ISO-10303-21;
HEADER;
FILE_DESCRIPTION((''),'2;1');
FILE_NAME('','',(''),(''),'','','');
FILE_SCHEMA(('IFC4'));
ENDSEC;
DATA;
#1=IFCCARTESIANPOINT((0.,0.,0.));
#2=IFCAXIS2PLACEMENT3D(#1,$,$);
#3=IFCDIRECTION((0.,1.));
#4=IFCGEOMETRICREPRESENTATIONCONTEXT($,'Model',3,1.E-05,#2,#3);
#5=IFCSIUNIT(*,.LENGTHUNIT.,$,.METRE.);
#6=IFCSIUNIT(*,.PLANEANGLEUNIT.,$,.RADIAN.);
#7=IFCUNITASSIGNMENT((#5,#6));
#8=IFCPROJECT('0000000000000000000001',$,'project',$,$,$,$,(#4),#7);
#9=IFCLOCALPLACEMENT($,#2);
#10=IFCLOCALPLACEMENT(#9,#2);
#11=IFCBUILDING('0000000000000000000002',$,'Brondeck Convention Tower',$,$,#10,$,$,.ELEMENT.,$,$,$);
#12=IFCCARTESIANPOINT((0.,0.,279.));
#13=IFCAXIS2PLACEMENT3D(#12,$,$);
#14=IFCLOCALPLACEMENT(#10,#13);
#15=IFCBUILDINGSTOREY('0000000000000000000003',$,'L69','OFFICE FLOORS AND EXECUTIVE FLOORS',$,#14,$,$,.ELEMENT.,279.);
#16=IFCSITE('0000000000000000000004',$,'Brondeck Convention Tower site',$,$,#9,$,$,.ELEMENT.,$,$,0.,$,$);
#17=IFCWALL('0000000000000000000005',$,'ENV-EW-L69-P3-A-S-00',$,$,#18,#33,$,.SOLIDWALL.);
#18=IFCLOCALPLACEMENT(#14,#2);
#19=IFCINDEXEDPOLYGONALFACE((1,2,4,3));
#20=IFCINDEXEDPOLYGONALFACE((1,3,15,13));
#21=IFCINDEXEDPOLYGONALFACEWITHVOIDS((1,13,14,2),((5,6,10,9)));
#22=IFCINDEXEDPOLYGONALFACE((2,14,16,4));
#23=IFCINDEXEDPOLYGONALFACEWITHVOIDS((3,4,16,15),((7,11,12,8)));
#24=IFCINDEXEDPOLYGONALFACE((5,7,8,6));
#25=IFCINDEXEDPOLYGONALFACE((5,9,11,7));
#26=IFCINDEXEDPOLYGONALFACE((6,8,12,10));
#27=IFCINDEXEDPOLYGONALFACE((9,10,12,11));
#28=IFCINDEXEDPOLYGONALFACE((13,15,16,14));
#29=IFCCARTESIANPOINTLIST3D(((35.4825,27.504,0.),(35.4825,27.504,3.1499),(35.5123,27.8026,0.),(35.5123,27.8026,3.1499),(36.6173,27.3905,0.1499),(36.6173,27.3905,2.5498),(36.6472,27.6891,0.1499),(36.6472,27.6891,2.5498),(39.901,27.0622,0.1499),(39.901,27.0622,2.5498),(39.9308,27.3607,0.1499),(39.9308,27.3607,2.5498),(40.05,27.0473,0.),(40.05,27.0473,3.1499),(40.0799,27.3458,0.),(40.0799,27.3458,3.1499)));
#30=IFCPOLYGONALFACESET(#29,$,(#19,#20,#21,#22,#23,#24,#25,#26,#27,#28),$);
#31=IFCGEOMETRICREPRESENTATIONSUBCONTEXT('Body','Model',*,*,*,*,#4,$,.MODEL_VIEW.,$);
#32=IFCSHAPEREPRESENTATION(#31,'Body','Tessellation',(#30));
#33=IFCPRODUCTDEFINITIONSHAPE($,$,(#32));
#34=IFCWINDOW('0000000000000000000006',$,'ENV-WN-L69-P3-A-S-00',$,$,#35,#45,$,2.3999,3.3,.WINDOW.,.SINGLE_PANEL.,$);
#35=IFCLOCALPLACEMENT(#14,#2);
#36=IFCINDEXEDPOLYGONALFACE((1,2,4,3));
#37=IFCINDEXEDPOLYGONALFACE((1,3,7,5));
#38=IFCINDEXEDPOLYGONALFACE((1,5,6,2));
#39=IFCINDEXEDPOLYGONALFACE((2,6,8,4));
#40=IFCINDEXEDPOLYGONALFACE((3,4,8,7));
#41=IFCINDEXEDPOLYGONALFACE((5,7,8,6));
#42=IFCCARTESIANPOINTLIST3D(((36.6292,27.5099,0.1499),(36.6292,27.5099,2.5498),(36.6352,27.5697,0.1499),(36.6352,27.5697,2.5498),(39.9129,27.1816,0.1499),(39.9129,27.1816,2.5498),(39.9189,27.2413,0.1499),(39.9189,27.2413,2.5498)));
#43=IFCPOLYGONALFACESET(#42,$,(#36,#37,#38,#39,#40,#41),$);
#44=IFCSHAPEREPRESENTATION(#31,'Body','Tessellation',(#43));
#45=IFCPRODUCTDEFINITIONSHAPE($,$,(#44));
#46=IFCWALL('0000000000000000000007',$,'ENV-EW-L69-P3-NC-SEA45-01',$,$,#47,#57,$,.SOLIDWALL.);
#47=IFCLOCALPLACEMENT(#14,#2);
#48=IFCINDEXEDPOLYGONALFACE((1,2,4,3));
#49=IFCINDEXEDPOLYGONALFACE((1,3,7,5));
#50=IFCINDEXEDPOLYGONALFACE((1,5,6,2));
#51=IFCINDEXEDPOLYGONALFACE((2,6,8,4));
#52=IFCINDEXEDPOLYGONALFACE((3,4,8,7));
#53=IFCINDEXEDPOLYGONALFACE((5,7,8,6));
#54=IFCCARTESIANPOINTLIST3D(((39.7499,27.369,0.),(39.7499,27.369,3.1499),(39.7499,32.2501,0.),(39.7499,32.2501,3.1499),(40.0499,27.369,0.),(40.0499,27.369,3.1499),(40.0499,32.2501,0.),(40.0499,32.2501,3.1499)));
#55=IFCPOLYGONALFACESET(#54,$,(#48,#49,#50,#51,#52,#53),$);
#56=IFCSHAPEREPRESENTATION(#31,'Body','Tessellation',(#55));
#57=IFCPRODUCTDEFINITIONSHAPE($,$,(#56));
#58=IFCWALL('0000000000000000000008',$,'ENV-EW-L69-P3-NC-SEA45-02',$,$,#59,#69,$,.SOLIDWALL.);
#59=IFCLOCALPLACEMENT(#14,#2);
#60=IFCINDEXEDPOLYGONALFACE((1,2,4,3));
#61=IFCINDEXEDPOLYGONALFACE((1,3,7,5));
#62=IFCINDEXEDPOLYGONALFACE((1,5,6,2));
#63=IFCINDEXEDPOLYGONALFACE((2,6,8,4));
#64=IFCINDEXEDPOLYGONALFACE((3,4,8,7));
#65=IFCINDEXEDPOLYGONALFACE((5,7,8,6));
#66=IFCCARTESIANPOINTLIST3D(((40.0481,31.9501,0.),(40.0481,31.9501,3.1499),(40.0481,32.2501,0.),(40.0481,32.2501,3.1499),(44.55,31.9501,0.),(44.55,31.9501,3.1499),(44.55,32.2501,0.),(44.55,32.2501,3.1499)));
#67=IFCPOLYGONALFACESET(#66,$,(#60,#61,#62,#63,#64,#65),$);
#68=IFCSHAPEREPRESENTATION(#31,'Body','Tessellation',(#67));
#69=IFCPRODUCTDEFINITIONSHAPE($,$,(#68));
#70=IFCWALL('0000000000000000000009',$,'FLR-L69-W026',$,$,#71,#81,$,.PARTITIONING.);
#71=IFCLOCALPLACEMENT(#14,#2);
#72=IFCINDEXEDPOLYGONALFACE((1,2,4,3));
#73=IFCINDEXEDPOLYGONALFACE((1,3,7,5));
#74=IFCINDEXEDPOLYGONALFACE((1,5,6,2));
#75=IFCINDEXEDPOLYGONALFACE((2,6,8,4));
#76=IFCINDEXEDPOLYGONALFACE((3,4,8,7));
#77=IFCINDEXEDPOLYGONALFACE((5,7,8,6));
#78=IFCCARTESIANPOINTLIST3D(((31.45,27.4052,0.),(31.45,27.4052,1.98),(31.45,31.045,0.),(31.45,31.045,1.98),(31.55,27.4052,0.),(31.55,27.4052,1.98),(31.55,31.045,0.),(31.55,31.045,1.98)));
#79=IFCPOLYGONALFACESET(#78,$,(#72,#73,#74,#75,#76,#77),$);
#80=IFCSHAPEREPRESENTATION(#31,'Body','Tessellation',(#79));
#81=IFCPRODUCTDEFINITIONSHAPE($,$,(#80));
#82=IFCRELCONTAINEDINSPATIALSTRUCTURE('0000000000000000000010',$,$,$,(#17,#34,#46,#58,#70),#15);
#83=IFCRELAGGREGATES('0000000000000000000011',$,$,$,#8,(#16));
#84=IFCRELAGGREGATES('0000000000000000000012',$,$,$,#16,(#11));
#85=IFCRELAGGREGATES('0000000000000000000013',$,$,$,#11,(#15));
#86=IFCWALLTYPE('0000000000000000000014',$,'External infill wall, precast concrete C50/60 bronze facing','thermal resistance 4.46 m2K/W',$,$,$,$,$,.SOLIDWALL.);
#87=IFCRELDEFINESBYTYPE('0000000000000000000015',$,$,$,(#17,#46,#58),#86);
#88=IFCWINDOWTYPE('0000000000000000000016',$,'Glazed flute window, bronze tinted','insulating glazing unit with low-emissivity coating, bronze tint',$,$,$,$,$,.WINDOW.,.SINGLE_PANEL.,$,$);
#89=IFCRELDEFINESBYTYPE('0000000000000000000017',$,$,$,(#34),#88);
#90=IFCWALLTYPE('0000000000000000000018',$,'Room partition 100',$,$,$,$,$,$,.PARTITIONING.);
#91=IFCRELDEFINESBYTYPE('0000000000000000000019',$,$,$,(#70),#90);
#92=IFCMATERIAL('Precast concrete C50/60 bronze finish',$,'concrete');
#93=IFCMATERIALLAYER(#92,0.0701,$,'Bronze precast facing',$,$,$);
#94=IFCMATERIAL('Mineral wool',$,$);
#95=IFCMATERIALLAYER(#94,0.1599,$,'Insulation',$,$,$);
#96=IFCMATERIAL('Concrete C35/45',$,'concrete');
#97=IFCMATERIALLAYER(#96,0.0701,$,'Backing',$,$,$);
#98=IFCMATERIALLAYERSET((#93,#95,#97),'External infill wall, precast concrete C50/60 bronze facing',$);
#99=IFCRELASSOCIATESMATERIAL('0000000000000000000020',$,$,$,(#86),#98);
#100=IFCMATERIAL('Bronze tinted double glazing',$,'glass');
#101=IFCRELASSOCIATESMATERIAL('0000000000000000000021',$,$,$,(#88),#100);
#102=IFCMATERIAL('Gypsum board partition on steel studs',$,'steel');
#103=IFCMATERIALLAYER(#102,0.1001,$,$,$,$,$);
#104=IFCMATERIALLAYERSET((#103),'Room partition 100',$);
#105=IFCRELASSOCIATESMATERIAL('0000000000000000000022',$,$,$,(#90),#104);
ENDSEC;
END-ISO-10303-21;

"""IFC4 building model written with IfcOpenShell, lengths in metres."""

from ifc_helpers import new_model, si_unit, direction, frame, frame_2d, origin, place, context, subcontext, project, spatial, rectangle, extrude, material, layer, layer_set, type_object, element, fill, save


model = new_model("IFC4")

# Units and contexts
model_context = context("Model", 3, precision=1e-05, world=origin(), true_north=direction((0.0, 1.0)))
body_context = subcontext(model_context, "Body", "Model", "MODEL_VIEW")
ifc_project = project(units=[si_unit("LENGTHUNIT", "METRE"), si_unit("PLANEANGLEUNIT", "RADIAN")], contexts=[model_context])

# Site, building, storey
site_placement = place(None, origin())
site = spatial("IfcSite", under=ifc_project, at=site_placement, Name="Brondeck Convention Tower site", CompositionType="ELEMENT", RefElevation=0.0)
building_placement = place(site_placement, origin())
building = spatial("IfcBuilding", under=site, at=building_placement, Name="Brondeck Convention Tower", CompositionType="ELEMENT")
storey_placement = place(building_placement, frame((0.0, 0.0, 279.0)))
storey = spatial("IfcBuildingStorey", under=building, at=storey_placement, Name="L69", Description="OFFICE FLOORS AND EXECUTIVE FLOORS", CompositionType="ELEMENT", Elevation=279.0)

# Shared definitions
ifc_material_1 = material(Name="Precast concrete C50/60 bronze finish", Category="concrete")
ifc_layer_1 = layer(ifc_material_1, 0.0701, Name="Bronze precast facing")
ifc_material_2 = material(Name="Mineral wool")
ifc_layer_2 = layer(ifc_material_2, 0.1599, Name="Insulation")
ifc_material_3 = material(Name="Concrete C35/45", Category="concrete")
ifc_layer_3 = layer(ifc_material_3, 0.0701, Name="Backing")
ifc_layer_set_1 = layer_set([ifc_layer_1, ifc_layer_2, ifc_layer_3], Name="External infill wall, precast concrete C50/60 bronze facing")
wall_type_1 = type_object("IfcWallType", Name="External infill wall, precast concrete C50/60 bronze facing", Description="thermal resistance 4.46 m2K/W", PredefinedType="SOLIDWALL", material=ifc_layer_set_1)

# Wall, opening, window
ifc_material_4 = material(Name="Bronze tinted double glazing", Category="glass")
window_type = type_object("IfcWindowType", Name="Glazed flute window, bronze tinted", Description="insulating glazing unit with low-emissivity coating, bronze tint", PartitioningType="SINGLE_PANEL", PredefinedType="WINDOW", material=ifc_material_4)
wall_1_placement = place(storey_placement, frame((40.0649, 27.1965, 0.0), z_axis=(0.0, 0.0, 1.0), x_axis=(-0.995037, 0.099509, 0.0)))
wall_1 = element("IfcWall", 1, at=wall_1_placement, inside=storey, type_object=wall_type_1, Name="ENV-EW-L69-P3-A-S-00", PredefinedType="SOLIDWALL", context=body_context, shape_type="SweptSolid", body=[
    extrude(rectangle(XDim=4.5903, YDim=0.3, at=frame_2d((2.2952, 0.0))), origin(), (0.0, 0.0, 1.0), 3.1499),
])
opening_1_placement = place(wall_1_placement, frame((0.1499, 0.0, 0.1499)))
opening_1 = element("IfcOpeningElement", 2, at=opening_1_placement, cuts=wall_1, PredefinedType="OPENING", context=body_context, shape_type="SweptSolid", body=[
    extrude(rectangle(XDim=3.3, YDim=2.3999, at=frame_2d((1.6499, 1.2))), frame((0.0, 0.1599, 0.0), z_axis=(0.0, -1.0, 0.0), x_axis=(1.0, 0.0, 0.0)), (0.0, 0.0, 1.0), 0.3201),
])
window_1_placement = place(opening_1_placement, origin())
window_1 = element("IfcWindow", 3, at=window_1_placement, inside=storey, type_object=window_type, Name="ENV-WN-L69-P3-A-S-00", OverallHeight=2.3999, OverallWidth=3.3, PartitioningType="SINGLE_PANEL", PredefinedType="WINDOW", context=body_context, shape_type="SweptSolid", body=[
    extrude(rectangle(XDim=3.3, YDim=2.3999, at=frame_2d((1.6499, 1.2))), frame((0.0, 0.03, 0.0), z_axis=(0.0, -1.0, 0.0), x_axis=(1.0, 0.0, 0.0)), (0.0, 0.0, 1.0), 0.0601),
])
fill(opening_1, window_1)

# Walls
wall_2_placement = place(storey_placement, frame((39.8999, 32.25, 0.0), z_axis=(0.0, 0.0, 1.0), x_axis=(0.0, -1.0, 0.0)))
element("IfcWall", 4, at=wall_2_placement, inside=storey, type_object=wall_type_1, Name="ENV-EW-L69-P3-NC-SEA45-01", PredefinedType="SOLIDWALL", context=body_context, shape_type="SweptSolid", body=[
    extrude(rectangle(XDim=4.8811, YDim=0.3, at=frame_2d((2.4404, 0.0))), origin(), (0.0, 0.0, 1.0), 3.1499),
])
wall_3_placement = place(storey_placement, frame((44.55, 32.1001, 0.0), z_axis=(0.0, 0.0, 1.0), x_axis=(-1.0, 0.0, 0.0)))
element("IfcWall", 5, at=wall_3_placement, inside=storey, type_object=wall_type_1, Name="ENV-EW-L69-P3-NC-SEA45-02", PredefinedType="SOLIDWALL", context=body_context, shape_type="SweptSolid", body=[
    extrude(rectangle(XDim=4.502, YDim=0.3, at=frame_2d((2.251, 0.0))), origin(), (0.0, 0.0, 1.0), 3.1499),
])
ifc_material_5 = material(Name="Gypsum board partition on steel studs", Category="steel")
ifc_layer_4 = layer(ifc_material_5, 0.1001)
ifc_layer_set_2 = layer_set([ifc_layer_4], Name="Room partition 100")
wall_type_2 = type_object("IfcWallType", Name="Room partition 100", PredefinedType="PARTITIONING", material=ifc_layer_set_2)
wall_4_placement = place(storey_placement, frame((31.5, 31.0449, 0.0), z_axis=(0.0, 0.0, 1.0), x_axis=(0.0, -1.0, 0.0)))
element("IfcWall", 6, at=wall_4_placement, inside=storey, type_object=wall_type_2, Name="FLR-L69-W026", PredefinedType="PARTITIONING", context=body_context, shape_type="SweptSolid", body=[
    extrude(rectangle(XDim=3.6399, YDim=0.1001, at=frame_2d((1.8198, 0.0))), origin(), (0.0, 0.0, 1.0), 1.98),
])

save(model, "model.ifc")
